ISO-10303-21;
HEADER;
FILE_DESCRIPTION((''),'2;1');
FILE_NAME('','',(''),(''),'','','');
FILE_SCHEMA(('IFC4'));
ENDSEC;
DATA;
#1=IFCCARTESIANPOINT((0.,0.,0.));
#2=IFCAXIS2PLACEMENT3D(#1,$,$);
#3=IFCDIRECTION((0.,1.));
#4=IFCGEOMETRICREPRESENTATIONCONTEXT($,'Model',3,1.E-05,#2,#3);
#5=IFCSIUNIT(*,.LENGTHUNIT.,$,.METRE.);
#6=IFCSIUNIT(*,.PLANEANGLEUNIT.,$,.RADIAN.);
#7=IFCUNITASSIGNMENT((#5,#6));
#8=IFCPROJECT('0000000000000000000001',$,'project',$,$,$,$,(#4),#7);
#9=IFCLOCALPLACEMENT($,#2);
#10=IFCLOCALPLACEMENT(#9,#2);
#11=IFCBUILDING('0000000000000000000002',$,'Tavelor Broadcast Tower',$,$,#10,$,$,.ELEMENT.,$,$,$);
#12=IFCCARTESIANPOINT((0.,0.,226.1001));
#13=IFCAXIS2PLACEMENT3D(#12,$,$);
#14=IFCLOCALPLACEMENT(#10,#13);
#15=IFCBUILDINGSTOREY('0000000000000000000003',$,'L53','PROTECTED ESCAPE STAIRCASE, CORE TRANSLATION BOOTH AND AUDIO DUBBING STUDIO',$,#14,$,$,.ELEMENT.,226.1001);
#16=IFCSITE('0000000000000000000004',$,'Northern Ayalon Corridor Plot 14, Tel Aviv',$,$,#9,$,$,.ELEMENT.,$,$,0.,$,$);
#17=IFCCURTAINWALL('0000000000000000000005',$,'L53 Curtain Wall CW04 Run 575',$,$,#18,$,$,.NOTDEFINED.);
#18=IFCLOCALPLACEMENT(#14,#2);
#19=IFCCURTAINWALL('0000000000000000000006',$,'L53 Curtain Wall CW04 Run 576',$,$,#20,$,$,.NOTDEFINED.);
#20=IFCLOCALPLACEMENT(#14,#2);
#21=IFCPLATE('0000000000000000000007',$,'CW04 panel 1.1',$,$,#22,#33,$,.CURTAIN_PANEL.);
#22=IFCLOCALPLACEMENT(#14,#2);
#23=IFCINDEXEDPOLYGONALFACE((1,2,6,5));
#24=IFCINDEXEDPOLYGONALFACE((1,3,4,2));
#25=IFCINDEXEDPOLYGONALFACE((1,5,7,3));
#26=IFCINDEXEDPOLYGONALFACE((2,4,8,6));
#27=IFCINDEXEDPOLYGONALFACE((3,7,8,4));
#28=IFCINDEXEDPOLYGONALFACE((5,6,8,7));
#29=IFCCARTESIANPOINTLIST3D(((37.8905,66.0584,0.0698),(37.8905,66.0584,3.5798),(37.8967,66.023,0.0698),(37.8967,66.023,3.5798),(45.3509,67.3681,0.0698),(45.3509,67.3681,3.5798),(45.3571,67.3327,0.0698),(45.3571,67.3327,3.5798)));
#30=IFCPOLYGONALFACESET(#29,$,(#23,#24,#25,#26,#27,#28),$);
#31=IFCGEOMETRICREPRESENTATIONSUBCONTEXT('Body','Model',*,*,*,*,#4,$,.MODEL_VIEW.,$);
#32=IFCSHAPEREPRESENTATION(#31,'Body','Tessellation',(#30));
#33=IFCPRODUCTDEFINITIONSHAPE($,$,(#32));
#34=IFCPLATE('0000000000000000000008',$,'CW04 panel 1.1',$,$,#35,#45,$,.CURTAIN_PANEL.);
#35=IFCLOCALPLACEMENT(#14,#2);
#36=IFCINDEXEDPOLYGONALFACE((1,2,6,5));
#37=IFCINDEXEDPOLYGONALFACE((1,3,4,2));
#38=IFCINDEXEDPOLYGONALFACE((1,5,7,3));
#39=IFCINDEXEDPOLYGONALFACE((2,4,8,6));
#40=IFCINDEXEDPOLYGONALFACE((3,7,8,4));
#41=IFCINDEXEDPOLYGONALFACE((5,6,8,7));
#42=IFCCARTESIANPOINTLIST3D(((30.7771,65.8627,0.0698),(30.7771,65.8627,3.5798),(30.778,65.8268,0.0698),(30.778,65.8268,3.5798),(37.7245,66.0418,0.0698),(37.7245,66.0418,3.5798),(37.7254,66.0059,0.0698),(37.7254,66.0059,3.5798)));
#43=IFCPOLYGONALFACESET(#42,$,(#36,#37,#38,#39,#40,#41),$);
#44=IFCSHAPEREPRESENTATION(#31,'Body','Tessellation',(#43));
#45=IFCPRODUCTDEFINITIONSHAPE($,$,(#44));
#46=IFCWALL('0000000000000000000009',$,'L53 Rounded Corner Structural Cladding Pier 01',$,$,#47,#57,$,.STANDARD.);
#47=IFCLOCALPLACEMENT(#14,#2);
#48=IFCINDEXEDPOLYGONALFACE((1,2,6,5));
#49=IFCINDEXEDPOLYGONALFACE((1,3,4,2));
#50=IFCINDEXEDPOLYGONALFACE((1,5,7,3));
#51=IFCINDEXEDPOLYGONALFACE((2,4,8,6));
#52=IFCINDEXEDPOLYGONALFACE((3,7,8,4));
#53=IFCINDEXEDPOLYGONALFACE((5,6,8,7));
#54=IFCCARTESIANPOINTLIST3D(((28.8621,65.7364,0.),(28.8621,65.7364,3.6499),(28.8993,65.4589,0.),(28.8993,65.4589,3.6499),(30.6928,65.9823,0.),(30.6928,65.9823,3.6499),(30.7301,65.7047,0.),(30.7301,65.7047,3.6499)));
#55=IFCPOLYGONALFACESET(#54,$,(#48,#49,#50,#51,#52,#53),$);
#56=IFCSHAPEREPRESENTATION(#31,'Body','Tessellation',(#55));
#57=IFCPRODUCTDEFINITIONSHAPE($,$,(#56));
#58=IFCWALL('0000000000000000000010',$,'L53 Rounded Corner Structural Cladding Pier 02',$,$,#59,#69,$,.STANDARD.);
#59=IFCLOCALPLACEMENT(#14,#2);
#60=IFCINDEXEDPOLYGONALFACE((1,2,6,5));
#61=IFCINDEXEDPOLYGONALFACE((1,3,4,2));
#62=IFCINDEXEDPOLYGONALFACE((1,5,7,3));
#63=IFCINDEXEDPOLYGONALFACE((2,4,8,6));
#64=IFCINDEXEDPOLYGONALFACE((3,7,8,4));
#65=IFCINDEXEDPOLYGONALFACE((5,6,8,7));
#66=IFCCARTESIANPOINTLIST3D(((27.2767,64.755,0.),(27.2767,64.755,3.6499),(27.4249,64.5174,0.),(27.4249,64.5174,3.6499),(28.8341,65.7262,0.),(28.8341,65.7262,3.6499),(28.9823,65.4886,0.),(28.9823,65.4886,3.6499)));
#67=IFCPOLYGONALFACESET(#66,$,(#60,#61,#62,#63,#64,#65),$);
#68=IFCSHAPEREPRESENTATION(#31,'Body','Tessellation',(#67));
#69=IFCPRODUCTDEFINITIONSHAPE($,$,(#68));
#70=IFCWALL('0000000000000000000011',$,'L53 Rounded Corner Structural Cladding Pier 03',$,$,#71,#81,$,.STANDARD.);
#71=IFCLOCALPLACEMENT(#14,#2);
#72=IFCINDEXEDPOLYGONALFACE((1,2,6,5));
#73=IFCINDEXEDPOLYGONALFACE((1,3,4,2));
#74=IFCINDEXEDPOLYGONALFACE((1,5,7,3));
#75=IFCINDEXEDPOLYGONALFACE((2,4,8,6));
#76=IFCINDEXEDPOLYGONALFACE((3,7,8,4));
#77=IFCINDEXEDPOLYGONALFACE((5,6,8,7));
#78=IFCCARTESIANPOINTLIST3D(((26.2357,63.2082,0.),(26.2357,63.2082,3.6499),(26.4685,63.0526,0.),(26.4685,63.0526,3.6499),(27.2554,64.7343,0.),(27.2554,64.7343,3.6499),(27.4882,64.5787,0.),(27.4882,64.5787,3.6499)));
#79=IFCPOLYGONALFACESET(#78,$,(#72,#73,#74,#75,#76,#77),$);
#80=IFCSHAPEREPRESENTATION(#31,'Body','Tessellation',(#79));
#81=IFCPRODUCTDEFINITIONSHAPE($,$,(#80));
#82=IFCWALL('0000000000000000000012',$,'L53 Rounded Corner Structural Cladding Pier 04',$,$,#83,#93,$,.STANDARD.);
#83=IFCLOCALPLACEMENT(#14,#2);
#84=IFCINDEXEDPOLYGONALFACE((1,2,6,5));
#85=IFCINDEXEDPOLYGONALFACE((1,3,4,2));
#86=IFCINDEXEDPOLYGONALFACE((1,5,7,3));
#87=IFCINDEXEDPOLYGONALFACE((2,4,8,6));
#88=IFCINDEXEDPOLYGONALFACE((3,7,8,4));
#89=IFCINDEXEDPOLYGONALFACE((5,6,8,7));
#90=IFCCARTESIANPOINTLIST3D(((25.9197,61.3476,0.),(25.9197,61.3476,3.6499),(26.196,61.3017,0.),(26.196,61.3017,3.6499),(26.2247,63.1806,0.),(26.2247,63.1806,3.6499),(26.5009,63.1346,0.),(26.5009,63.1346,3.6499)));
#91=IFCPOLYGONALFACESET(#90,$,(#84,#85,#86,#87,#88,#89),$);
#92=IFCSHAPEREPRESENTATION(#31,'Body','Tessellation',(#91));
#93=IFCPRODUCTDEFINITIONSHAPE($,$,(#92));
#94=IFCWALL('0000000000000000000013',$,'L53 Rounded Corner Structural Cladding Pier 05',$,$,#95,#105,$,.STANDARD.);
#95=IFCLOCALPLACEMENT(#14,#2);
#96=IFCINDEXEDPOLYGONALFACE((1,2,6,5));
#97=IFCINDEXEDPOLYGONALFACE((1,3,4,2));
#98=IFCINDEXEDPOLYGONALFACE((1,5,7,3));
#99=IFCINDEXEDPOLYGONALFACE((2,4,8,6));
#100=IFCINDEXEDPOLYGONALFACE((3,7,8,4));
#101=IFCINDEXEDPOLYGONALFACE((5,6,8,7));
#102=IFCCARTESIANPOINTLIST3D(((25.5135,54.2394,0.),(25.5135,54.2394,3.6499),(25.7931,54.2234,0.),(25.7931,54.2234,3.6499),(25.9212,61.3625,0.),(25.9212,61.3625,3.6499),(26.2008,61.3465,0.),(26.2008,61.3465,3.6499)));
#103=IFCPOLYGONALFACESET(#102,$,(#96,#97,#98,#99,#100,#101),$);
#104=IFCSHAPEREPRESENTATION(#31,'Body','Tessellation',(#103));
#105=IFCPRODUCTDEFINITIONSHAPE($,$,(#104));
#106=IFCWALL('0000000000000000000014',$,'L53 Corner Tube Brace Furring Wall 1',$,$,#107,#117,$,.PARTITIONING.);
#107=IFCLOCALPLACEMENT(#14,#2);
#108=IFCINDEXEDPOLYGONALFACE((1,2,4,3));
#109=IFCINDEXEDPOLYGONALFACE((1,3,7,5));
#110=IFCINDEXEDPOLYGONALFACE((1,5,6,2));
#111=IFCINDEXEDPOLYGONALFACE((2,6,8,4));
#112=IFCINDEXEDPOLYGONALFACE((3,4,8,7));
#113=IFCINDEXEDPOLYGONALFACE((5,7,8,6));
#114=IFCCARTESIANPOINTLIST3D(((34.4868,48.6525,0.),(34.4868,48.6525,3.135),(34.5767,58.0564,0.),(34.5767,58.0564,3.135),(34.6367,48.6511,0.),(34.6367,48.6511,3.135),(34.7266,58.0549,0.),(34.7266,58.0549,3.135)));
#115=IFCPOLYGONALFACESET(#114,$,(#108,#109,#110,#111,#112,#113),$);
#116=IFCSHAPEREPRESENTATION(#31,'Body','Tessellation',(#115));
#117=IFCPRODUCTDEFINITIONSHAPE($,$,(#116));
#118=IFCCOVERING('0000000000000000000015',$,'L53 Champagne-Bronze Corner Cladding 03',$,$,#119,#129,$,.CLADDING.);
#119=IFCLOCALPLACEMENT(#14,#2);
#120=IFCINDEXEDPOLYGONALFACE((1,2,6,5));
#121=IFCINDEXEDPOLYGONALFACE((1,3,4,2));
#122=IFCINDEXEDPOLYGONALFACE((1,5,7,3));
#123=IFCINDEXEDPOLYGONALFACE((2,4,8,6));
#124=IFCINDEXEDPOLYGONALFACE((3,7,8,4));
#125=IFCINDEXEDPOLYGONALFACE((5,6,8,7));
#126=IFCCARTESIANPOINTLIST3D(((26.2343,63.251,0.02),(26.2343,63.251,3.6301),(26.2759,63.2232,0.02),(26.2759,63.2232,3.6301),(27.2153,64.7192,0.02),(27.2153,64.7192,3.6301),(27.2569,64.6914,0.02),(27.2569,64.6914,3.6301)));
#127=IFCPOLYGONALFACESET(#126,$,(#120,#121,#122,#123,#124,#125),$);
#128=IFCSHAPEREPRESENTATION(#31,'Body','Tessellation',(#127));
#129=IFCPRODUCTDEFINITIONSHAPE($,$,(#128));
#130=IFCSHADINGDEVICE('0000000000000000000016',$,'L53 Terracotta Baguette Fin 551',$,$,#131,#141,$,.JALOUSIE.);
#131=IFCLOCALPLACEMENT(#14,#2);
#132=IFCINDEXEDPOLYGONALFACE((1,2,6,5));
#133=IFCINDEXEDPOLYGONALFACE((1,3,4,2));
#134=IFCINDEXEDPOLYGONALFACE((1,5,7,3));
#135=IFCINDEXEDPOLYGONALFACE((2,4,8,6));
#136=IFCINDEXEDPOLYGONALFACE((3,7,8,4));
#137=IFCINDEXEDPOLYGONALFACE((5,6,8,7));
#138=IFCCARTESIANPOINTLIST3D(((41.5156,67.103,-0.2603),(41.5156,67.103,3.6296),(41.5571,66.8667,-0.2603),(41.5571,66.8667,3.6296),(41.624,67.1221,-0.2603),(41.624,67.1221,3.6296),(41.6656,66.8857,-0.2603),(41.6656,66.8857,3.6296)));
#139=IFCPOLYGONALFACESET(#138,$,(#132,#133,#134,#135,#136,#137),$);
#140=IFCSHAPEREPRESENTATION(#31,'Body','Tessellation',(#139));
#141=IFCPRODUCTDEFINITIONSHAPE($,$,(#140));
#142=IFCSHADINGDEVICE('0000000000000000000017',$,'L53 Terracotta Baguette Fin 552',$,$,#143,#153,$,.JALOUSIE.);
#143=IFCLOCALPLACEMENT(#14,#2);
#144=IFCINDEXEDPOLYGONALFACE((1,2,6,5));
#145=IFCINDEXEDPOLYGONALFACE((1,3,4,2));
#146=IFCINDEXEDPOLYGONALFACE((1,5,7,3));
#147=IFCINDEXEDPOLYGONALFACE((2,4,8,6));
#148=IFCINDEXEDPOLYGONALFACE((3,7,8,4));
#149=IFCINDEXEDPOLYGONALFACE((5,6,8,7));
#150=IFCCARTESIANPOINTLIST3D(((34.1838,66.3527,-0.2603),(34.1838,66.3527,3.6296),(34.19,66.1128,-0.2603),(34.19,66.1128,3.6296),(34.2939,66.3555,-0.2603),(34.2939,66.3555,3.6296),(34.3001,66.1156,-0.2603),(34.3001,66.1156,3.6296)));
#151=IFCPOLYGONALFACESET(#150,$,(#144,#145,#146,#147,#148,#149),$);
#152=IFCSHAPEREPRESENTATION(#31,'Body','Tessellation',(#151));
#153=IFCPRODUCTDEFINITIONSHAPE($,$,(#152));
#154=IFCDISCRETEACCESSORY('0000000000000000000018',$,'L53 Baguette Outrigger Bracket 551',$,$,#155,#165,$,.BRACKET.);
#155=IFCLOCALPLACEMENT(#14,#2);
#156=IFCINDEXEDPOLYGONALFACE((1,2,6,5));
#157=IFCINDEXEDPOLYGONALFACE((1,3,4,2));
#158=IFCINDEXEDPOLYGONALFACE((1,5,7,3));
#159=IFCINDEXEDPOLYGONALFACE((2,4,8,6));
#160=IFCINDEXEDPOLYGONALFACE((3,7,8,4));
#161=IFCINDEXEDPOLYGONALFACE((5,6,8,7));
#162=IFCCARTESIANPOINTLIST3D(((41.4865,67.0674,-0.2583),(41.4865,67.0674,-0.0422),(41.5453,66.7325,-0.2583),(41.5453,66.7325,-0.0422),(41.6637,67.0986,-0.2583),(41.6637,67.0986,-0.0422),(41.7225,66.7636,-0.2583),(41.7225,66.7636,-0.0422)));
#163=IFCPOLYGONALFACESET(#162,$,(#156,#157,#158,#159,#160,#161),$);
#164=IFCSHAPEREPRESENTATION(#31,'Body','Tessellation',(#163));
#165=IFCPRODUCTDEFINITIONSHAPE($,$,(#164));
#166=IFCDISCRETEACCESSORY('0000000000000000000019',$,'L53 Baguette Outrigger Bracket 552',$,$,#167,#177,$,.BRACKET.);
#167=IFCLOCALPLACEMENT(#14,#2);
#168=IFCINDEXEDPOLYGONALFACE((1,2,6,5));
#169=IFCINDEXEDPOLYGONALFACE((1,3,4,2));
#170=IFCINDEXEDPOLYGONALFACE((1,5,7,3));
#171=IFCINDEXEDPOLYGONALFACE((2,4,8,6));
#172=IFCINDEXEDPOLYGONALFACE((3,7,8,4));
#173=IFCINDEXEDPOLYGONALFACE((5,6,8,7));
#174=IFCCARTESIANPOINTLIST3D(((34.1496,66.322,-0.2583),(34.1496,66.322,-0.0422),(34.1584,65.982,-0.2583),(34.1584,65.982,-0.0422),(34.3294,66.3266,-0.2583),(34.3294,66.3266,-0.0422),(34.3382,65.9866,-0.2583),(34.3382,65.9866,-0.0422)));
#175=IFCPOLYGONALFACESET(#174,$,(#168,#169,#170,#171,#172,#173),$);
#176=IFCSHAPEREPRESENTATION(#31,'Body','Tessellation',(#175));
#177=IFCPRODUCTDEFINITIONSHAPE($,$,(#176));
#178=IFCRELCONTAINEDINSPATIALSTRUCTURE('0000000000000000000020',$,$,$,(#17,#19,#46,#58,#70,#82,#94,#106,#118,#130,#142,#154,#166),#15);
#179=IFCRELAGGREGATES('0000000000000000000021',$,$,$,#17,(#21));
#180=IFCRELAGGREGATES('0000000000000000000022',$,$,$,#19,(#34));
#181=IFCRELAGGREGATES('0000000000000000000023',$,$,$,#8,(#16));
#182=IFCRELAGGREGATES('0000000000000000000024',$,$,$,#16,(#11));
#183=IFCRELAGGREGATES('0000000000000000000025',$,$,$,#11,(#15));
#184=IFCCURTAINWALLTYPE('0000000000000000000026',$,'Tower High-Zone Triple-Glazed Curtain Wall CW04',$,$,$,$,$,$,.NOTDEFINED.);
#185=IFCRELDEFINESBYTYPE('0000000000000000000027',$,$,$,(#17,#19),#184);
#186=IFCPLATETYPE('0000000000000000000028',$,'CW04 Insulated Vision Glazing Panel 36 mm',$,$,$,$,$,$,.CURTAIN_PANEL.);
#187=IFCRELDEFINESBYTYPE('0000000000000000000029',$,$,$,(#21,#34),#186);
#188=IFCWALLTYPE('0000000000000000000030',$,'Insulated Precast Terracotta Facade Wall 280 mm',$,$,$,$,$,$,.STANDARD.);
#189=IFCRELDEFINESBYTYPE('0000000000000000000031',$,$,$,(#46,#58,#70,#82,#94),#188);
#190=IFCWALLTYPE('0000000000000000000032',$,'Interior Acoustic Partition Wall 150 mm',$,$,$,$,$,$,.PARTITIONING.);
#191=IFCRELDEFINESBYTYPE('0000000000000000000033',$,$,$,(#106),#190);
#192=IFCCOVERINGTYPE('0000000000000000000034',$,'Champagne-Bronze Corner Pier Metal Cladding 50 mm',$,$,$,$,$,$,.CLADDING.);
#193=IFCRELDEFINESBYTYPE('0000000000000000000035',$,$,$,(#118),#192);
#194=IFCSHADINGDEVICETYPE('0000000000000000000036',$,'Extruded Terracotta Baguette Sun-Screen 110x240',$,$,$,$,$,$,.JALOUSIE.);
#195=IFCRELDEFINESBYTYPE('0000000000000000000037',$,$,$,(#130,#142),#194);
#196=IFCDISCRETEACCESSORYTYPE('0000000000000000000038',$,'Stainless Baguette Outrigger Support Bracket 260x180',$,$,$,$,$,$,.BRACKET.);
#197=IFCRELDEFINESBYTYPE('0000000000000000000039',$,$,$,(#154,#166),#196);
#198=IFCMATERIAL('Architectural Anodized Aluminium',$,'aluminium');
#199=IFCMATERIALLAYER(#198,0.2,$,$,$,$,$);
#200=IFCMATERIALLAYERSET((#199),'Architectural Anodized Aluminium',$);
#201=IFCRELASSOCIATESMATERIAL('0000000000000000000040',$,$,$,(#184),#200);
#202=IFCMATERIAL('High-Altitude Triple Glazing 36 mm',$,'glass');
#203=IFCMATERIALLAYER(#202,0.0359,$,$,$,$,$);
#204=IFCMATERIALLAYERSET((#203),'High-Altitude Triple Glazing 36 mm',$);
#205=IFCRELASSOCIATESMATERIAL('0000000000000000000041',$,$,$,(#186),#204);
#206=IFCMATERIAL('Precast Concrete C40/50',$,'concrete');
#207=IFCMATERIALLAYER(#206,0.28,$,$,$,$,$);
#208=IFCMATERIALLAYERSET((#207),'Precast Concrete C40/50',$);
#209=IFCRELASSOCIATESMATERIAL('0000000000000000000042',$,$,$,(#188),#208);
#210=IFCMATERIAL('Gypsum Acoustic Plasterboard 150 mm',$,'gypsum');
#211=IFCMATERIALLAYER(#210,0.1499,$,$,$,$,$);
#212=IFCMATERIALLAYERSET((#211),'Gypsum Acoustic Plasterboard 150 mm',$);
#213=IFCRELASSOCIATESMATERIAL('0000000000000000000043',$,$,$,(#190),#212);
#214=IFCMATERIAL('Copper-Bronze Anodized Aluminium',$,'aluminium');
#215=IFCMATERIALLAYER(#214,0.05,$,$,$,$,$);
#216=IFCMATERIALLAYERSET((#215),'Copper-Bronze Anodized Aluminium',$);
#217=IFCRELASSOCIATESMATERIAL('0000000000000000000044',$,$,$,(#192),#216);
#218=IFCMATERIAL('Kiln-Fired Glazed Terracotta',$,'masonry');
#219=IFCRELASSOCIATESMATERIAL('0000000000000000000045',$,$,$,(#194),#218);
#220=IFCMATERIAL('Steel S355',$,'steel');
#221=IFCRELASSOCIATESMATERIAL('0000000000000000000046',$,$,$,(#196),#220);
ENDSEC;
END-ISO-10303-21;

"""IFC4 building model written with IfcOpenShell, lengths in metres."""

from ifc_helpers import new_model, si_unit, direction, frame, frame_2d, origin, origin_2d, place, context, subcontext, project, spatial, rectangle, extrude, source, transform, mapped, material, layer, layer_set, type_object, type_shapes, element, aggregate, save


model = new_model("IFC4")

# Units and contexts
model_context = context("Model", 3, precision=1e-05, world=origin(), true_north=direction((0.0, 1.0)))
body_context = subcontext(model_context, "Body", "Model", "MODEL_VIEW")
ifc_project = project(units=[si_unit("LENGTHUNIT", "METRE"), si_unit("PLANEANGLEUNIT", "RADIAN")], contexts=[model_context])

# Site, building, storey
site_placement = place(None, origin())
site = spatial("IfcSite", under=ifc_project, at=site_placement, Name="Northern Ayalon Corridor Plot 14, Tel Aviv", CompositionType="ELEMENT", RefElevation=0.0)
building_placement = place(site_placement, origin())
building = spatial("IfcBuilding", under=site, at=building_placement, Name="Tavelor Broadcast Tower", CompositionType="ELEMENT")
storey_placement = place(building_placement, frame((0.0, 0.0, 226.1001)))
storey = spatial("IfcBuildingStorey", under=building, at=storey_placement, Name="L53", Description="PROTECTED ESCAPE STAIRCASE, CORE TRANSLATION BOOTH AND AUDIO DUBBING STUDIO", CompositionType="ELEMENT", Elevation=226.1001)

# Shared definitions
ifc_material_1 = material(Name="Steel S355", Category="steel")

# Curtain wall
ifc_material_2 = material(Name="Architectural Anodized Aluminium", Category="aluminium")
ifc_layer_1 = layer(ifc_material_2, 0.2)
ifc_layer_set_1 = layer_set([ifc_layer_1], Name="Architectural Anodized Aluminium")
curtain_wall_type = type_object("IfcCurtainWallType", Name="Tower High-Zone Triple-Glazed Curtain Wall CW04", PredefinedType="NOTDEFINED", material=ifc_layer_set_1)
curtain_wall_1_placement = place(storey_placement, origin())
curtain_wall_1 = element("IfcCurtainWall", 1, at=curtain_wall_1_placement, inside=storey, type_object=curtain_wall_type, Name="L53 Curtain Wall CW04 Run 575", PredefinedType="NOTDEFINED")

# Curtain wall
curtain_wall_2_placement = place(storey_placement, origin())
curtain_wall_2 = element("IfcCurtainWall", 2, at=curtain_wall_2_placement, inside=storey, type_object=curtain_wall_type, Name="L53 Curtain Wall CW04 Run 576", PredefinedType="NOTDEFINED")

# Plates
ifc_material_3 = material(Name="High-Altitude Triple Glazing 36 mm", Category="glass")
ifc_layer_2 = layer(ifc_material_3, 0.0359)
ifc_layer_set_2 = layer_set([ifc_layer_2], Name="High-Altitude Triple Glazing 36 mm")
plate_type_1 = type_object("IfcPlateType", Name="CW04 Insulated Vision Glazing Panel 36 mm", PredefinedType="CURTAIN_PANEL", material=ifc_layer_set_2)
shared_shape_1 = source(origin(), body_context, "Body", "SweptSolid", [
    extrude(rectangle(XDim=7.5745, YDim=0.0359, at=origin_2d()), origin(), (0.0, 0.0, 1.0), 3.51),
])
plate_1_placement = place(storey_placement, frame((41.6238, 66.6956, 0.0698), z_axis=(0.0, 0.0, 1.0), x_axis=(-0.984938, -0.172908, 0.0)))
plate_1 = element("IfcPlate", 3, at=plate_1_placement, type_object=plate_type_1, Name="CW04 panel 1.1", PredefinedType="CURTAIN_PANEL", context=body_context, shape_type="MappedRepresentation", body=[
    mapped(shared_shape_1, transform((0.0, 0.0, 0.0), scale=1.0)),
])
aggregate(curtain_wall_1, [plate_1])
shared_shape_2 = source(origin(), body_context, "Body", "SweptSolid", [
    extrude(rectangle(XDim=6.9497, YDim=0.0359, at=origin_2d()), origin(), (0.0, 0.0, 1.0), 3.51),
])
type_shapes(plate_type_1, [shared_shape_1, shared_shape_2])
plate_2_placement = place(storey_placement, frame((34.2512, 65.9343, 0.0698), z_axis=(0.0, 0.0, 1.0), x_axis=(-0.999668, -0.02577, 0.0)))
plate_2 = element("IfcPlate", 4, at=plate_2_placement, type_object=plate_type_1, Name="CW04 panel 1.1", PredefinedType="CURTAIN_PANEL", context=body_context, shape_type="MappedRepresentation", body=[
    mapped(shared_shape_2, transform((0.0, 0.0, 0.0), scale=1.0)),
])
aggregate(curtain_wall_2, [plate_2])

# Walls
ifc_material_4 = material(Name="Precast Concrete C40/50", Category="concrete")
ifc_layer_3 = layer(ifc_material_4, 0.28)
ifc_layer_set_3 = layer_set([ifc_layer_3], Name="Precast Concrete C40/50")
wall_type_1 = type_object("IfcWallType", Name="Insulated Precast Terracotta Facade Wall 280 mm", PredefinedType="STANDARD", material=ifc_layer_set_3)
wall_1_placement = place(storey_placement, frame((30.7114, 65.8435, 0.0), z_axis=(0.0, 0.0, 1.0), x_axis=(-0.991104, -0.13309, 0.0)))
element("IfcWall", 5, at=wall_1_placement, inside=storey, type_object=wall_type_1, Name="L53 Rounded Corner Structural Cladding Pier 01", PredefinedType="STANDARD", context=body_context, shape_type="SweptSolid", body=[
    extrude(rectangle(XDim=1.8472, YDim=0.28, at=frame_2d((0.9236, 0.0))), origin(), (0.0, 0.0, 1.0), 3.6499),
])
for number, where, z_axis, x_axis, name in (
    (6, (28.9082, 65.6074, 0.0), (0.0, 0.0, 1.0), (-0.848528, -0.52915, 0.0), "L53 Rounded Corner Structural Cladding Pier 02"),
    (7, (27.3718, 64.6565, 0.0), (0.0, 0.0, 1.0), (-0.55559, -0.831456, 0.0), "L53 Rounded Corner Structural Cladding Pier 03"),
):
    element("IfcWall", number, at=place(storey_placement, frame(where, z_axis=z_axis, x_axis=x_axis)), inside=storey, type_object=wall_type_1, Name=name, PredefinedType="STANDARD", context=body_context, shape_type="SweptSolid", body=[
        extrude(rectangle(XDim=1.8354, YDim=0.28, at=frame_2d((0.9177, 0.0))), origin(), (0.0, 0.0, 1.0), 3.6499),
    ])
wall_2_placement = place(storey_placement, frame((26.3628, 63.1577, 0.0), z_axis=(0.0, 0.0, 1.0), x_axis=(-0.164101, -0.986444, 0.0)))
element("IfcWall", 8, at=wall_2_placement, inside=storey, type_object=wall_type_1, Name="L53 Rounded Corner Structural Cladding Pier 04", PredefinedType="STANDARD", context=body_context, shape_type="SweptSolid", body=[
    extrude(rectangle(XDim=1.8582, YDim=0.28, at=frame_2d((0.9292, 0.0))), origin(), (0.0, 0.0, 1.0), 3.6499),
])
wall_3_placement = place(storey_placement, frame((26.061, 61.3545, 0.0), z_axis=(0.0, 0.0, 1.0), x_axis=(-0.057145, -0.998366, 0.0)))
element("IfcWall", 9, at=wall_3_placement, inside=storey, type_object=wall_type_1, Name="L53 Rounded Corner Structural Cladding Pier 05", PredefinedType="STANDARD", context=body_context, shape_type="SweptSolid", body=[
    extrude(rectangle(XDim=7.1348, YDim=0.28, at=frame_2d((3.5674, 0.0))), origin(), (0.0, 0.0, 1.0), 3.6499),
])
ifc_material_5 = material(Name="Gypsum Acoustic Plasterboard 150 mm", Category="gypsum")
ifc_layer_4 = layer(ifc_material_5, 0.1499)
ifc_layer_set_4 = layer_set([ifc_layer_4], Name="Gypsum Acoustic Plasterboard 150 mm")
wall_type_2 = type_object("IfcWallType", Name="Interior Acoustic Partition Wall 150 mm", PredefinedType="PARTITIONING", material=ifc_layer_set_4)
wall_4_placement = place(storey_placement, frame((34.6516, 58.0557, 0.0), z_axis=(0.0, 0.0, 1.0), x_axis=(-0.009554, -0.999954, 0.0)))
element("IfcWall", 10, at=wall_4_placement, inside=storey, type_object=wall_type_2, Name="L53 Corner Tube Brace Furring Wall 1", PredefinedType="PARTITIONING", context=body_context, shape_type="SweptSolid", body=[
    extrude(rectangle(XDim=9.4043, YDim=0.1499, at=frame_2d((4.7021, 0.0))), origin(), (0.0, 0.0, 1.0), 3.135),
])

# Covering
ifc_material_6 = material(Name="Copper-Bronze Anodized Aluminium", Category="aluminium")
ifc_layer_5 = layer(ifc_material_6, 0.05)
ifc_layer_set_5 = layer_set([ifc_layer_5], Name="Copper-Bronze Anodized Aluminium")
covering_type = type_object("IfcCoveringType", Name="Champagne-Bronze Corner Pier Metal Cladding 50 mm", PredefinedType="CLADDING", material=ifc_layer_set_5)
covering_placement = place(storey_placement, frame((26.7456, 63.9712, 0.02), z_axis=(0.0, 0.0, 1.0), x_axis=(-0.55557, -0.83147, 0.0)))
element("IfcCovering", 11, at=covering_placement, inside=storey, type_object=covering_type, Name="L53 Champagne-Bronze Corner Cladding 03", PredefinedType="CLADDING", context=body_context, shape_type="SweptSolid", body=[
    extrude(rectangle(XDim=1.7659, YDim=0.05, at=origin_2d()), origin(), (0.0, 0.0, 1.0), 3.6101),
])

# Shading devices
ifc_material_7 = material(Name="Kiln-Fired Glazed Terracotta", Category="masonry")
shading_device_type = type_object("IfcShadingDeviceType", Name="Extruded Terracotta Baguette Sun-Screen 110x240", PredefinedType="JALOUSIE", material=ifc_material_7)
shared_shape_3 = source(origin(), body_context, "Body", "SweptSolid", [
    extrude(rectangle(XDim=0.1101, YDim=0.24, at=origin_2d()), origin(), (0.0, 0.0, 1.0), 3.8899),
])
type_shapes(shading_device_type, [shared_shape_3])
for number, where, z_axis, x_axis, name in (
    (12, (41.5906, 66.9944, -0.2603), (0.0, 0.0, 1.0), (-0.984929, -0.172961, 0.0), "L53 Terracotta Baguette Fin 551"),
    (13, (34.2419, 66.2341, -0.2603), (0.0, 0.0, 1.0), (-0.999666, -0.025828, 0.0), "L53 Terracotta Baguette Fin 552"),
):
    element("IfcShadingDevice", number, at=place(storey_placement, frame(where, z_axis=z_axis, x_axis=x_axis)), inside=storey, type_object=shading_device_type, Name=name, PredefinedType="JALOUSIE", context=body_context, shape_type="MappedRepresentation", body=[
        mapped(shared_shape_3, transform((0.0, 0.0, 0.0), scale=1.0)),
    ])

# Discrete accessories
discrete_accessory_type = type_object("IfcDiscreteAccessoryType", Name="Stainless Baguette Outrigger Support Bracket 260x180", PredefinedType="BRACKET", material=ifc_material_1)
shared_shape_4 = source(origin(), body_context, "Body", "SweptSolid", [
    extrude(rectangle(XDim=0.1799, YDim=0.3401, at=origin_2d()), origin(), (0.0, 0.0, 1.0), 0.2161),
])
type_shapes(discrete_accessory_type, [shared_shape_4])
for number, where, z_axis, x_axis, name in (
    (14, (41.6045, 66.9155, -0.2583), (0.0, 0.0, 1.0), (-0.984929, -0.172961, 0.0), "L53 Baguette Outrigger Bracket 551"),
    (15, (34.2439, 66.1543, -0.2583), (0.0, 0.0, 1.0), (-0.999666, -0.025828, 0.0), "L53 Baguette Outrigger Bracket 552"),
):
    element("IfcDiscreteAccessory", number, at=place(storey_placement, frame(where, z_axis=z_axis, x_axis=x_axis)), inside=storey, type_object=discrete_accessory_type, Name=name, PredefinedType="BRACKET", context=body_context, shape_type="MappedRepresentation", body=[
        mapped(shared_shape_4, transform((0.0, 0.0, 0.0), scale=1.0)),
    ])

save(model, "model.ifc")
